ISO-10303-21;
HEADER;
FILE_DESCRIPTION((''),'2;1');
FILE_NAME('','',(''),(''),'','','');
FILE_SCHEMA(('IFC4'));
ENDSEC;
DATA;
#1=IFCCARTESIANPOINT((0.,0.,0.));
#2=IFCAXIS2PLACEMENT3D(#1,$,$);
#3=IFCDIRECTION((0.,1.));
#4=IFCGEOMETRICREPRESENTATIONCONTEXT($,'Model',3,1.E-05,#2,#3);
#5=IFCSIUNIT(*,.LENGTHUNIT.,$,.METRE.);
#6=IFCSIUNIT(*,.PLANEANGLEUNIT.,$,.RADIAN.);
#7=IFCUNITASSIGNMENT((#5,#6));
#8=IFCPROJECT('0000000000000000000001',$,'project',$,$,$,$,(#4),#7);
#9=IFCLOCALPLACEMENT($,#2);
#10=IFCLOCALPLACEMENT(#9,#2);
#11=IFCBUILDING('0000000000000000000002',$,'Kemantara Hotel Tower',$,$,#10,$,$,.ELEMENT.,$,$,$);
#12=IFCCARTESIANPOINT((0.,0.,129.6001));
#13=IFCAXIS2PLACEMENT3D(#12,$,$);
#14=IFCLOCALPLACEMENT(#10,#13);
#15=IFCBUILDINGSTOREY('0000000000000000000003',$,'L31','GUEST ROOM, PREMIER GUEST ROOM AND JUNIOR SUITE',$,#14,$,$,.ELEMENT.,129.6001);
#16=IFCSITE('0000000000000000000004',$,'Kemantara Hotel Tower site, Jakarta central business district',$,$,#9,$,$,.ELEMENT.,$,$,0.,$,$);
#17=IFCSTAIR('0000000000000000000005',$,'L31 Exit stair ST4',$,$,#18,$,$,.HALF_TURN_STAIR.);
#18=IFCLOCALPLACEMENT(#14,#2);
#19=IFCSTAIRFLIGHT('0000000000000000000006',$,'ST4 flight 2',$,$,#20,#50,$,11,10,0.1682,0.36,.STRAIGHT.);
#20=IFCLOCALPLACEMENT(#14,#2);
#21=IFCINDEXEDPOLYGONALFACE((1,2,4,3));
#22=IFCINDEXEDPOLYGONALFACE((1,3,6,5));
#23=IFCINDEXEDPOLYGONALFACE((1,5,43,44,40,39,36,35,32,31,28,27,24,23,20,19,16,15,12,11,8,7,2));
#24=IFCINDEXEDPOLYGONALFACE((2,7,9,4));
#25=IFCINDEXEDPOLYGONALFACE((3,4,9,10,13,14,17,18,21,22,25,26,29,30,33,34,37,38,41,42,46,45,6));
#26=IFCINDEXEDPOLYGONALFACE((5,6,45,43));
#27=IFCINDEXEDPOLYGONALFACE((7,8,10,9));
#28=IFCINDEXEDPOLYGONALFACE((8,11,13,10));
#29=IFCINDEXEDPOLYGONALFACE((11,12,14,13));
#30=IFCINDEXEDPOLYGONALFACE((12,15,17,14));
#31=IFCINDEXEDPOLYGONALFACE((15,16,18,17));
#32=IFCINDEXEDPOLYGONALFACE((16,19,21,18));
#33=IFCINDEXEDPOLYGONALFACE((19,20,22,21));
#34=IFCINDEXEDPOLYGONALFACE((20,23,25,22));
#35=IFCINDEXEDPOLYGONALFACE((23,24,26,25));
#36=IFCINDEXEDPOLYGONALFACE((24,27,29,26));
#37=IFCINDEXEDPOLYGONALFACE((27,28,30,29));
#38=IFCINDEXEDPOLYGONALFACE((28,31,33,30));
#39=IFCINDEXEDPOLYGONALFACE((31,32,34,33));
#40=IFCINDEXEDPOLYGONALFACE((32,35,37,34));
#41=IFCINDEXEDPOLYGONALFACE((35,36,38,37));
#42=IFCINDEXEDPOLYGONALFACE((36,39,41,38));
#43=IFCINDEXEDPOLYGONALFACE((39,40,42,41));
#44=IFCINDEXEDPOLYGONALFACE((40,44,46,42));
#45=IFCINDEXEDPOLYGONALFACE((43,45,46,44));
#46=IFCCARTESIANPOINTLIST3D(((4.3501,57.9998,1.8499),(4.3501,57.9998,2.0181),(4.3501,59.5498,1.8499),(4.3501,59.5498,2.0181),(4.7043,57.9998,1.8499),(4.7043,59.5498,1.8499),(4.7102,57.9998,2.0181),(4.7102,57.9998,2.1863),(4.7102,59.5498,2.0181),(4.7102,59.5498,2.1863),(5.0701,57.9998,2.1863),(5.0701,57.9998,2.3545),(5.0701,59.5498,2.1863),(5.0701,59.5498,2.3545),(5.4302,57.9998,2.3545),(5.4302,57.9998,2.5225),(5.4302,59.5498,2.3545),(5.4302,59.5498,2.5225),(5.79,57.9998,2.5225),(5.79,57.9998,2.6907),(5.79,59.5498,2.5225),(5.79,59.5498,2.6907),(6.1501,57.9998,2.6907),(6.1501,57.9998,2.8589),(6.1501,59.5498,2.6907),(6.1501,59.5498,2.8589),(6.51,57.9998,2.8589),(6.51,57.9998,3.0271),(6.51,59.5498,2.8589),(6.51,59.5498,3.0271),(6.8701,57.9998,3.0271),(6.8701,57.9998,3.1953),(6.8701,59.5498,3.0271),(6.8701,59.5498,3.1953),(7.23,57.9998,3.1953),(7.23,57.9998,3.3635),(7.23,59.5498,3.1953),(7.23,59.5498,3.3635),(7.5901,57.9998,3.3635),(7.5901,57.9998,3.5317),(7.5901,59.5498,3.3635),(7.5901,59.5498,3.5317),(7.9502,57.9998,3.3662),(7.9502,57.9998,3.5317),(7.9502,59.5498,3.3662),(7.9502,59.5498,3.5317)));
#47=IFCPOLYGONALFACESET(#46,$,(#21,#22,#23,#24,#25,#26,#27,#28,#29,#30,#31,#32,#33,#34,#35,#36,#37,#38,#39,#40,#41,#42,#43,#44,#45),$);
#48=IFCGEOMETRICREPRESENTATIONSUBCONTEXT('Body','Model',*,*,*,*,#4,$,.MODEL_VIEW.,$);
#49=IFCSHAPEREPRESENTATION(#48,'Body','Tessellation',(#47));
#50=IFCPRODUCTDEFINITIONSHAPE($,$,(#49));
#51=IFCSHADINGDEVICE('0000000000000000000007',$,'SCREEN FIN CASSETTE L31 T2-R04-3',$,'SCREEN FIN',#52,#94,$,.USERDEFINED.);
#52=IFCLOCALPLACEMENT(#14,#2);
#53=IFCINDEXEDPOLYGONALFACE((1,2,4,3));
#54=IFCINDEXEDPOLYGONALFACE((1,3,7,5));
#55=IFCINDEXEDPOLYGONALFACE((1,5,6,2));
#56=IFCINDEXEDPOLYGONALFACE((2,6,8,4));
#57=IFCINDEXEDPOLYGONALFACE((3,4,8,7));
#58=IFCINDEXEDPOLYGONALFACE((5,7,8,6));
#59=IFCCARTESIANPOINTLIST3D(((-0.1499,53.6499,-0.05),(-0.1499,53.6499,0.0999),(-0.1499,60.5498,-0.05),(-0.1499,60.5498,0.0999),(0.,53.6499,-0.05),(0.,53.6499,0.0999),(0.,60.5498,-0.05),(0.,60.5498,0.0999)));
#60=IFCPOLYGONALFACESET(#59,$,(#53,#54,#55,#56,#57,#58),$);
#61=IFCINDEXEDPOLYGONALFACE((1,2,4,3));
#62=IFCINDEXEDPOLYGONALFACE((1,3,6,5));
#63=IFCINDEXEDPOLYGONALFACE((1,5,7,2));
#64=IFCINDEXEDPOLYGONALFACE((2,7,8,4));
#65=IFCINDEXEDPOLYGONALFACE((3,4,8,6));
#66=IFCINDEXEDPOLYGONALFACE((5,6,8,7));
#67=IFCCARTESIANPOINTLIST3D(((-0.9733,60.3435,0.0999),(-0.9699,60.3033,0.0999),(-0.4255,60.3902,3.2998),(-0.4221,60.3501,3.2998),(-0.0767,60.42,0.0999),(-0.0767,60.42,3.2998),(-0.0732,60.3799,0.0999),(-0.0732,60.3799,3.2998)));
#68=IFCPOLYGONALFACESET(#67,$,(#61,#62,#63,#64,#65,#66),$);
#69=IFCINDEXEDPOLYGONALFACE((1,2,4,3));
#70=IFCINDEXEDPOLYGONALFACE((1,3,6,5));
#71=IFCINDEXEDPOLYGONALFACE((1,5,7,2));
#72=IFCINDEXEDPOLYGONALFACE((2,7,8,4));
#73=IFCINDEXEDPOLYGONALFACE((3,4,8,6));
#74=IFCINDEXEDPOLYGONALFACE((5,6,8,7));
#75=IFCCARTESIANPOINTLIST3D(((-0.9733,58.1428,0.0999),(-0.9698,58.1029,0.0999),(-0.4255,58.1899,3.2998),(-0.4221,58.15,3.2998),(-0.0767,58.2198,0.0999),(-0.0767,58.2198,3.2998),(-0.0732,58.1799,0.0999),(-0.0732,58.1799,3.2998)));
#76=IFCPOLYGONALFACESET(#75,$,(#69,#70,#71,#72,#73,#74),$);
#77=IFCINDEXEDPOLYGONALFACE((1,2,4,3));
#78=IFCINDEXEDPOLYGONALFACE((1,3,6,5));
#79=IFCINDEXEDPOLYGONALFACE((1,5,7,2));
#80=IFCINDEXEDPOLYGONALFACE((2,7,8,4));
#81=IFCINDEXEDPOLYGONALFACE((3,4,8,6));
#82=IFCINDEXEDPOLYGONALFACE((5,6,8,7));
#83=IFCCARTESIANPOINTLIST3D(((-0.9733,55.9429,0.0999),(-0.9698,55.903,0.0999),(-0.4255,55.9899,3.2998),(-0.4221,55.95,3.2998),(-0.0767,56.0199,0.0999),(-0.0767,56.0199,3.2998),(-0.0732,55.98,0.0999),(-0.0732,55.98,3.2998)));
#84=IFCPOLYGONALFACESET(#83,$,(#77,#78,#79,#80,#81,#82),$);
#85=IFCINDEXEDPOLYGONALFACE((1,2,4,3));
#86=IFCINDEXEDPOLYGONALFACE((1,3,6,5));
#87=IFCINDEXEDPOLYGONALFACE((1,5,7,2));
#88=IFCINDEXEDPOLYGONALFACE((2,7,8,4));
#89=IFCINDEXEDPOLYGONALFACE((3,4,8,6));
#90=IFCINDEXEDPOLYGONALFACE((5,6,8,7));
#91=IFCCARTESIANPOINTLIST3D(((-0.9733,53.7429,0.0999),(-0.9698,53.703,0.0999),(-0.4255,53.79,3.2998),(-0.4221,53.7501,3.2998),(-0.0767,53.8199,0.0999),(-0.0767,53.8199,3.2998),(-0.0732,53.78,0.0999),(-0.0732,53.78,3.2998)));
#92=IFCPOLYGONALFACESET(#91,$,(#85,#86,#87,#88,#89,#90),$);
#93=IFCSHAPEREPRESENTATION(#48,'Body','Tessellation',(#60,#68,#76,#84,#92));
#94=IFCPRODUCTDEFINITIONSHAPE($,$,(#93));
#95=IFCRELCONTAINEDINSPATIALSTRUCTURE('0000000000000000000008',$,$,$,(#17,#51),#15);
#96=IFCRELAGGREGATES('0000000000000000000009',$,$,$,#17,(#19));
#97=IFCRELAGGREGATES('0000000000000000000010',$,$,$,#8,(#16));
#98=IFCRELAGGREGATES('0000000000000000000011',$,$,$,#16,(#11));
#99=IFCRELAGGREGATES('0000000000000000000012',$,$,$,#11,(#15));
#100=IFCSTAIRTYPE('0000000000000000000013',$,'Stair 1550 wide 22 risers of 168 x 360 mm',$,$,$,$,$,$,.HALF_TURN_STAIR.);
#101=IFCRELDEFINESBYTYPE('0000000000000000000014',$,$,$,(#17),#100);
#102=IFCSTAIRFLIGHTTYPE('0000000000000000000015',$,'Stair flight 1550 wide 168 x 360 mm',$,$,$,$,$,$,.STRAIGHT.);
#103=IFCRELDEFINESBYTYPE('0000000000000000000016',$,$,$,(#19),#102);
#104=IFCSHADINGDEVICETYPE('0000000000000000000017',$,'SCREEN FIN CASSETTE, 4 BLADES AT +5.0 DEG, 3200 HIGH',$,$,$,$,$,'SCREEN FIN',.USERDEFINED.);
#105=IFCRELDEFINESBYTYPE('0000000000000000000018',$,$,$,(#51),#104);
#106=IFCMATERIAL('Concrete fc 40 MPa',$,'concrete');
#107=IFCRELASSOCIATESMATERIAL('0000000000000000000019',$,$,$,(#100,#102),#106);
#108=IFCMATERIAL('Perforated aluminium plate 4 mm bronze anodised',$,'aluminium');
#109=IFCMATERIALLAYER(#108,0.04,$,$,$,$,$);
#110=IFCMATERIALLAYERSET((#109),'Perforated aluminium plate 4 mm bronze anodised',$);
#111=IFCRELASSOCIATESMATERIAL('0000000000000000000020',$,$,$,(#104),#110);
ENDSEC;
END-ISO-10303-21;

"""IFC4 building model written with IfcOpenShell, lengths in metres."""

from ifc_helpers import new_model, si_unit, direction, frame, origin, origin_2d, place, context, subcontext, project, spatial, polyline, rectangle, outline, extrude, source, transform, mapped, material, layer, layer_set, type_object, element, aggregate, save


model = new_model("IFC4")

# Units and contexts
model_context = context("Model", 3, precision=1e-05, world=origin(), true_north=direction((0.0, 1.0)))
body_context = subcontext(model_context, "Body", "Model", "MODEL_VIEW")
ifc_project = project(units=[si_unit("LENGTHUNIT", "METRE"), si_unit("PLANEANGLEUNIT", "RADIAN")], contexts=[model_context])

# Site, building, storey
site_placement = place(None, origin())
site = spatial("IfcSite", under=ifc_project, at=site_placement, Name="Kemantara Hotel Tower site, Jakarta central business district", CompositionType="ELEMENT", RefElevation=0.0)
building_placement = place(site_placement, origin())
building = spatial("IfcBuilding", under=site, at=building_placement, Name="Kemantara Hotel Tower", CompositionType="ELEMENT")
storey_placement = place(building_placement, frame((0.0, 0.0, 129.6001)))
storey = spatial("IfcBuildingStorey", under=building, at=storey_placement, Name="L31", Description="GUEST ROOM, PREMIER GUEST ROOM AND JUNIOR SUITE", CompositionType="ELEMENT", Elevation=129.6001)

# Shared definitions
ifc_material_1 = material(Name="Concrete fc 40 MPa", Category="concrete")

# Stair, stair flight
stair_type = type_object("IfcStairType", Name="Stair 1550 wide 22 risers of 168 x 360 mm", PredefinedType="HALF_TURN_STAIR", material=ifc_material_1)
stair_placement = place(storey_placement, origin())
stair = element("IfcStair", 1, at=stair_placement, inside=storey, type_object=stair_type, Name="L31 Exit stair ST4", PredefinedType="HALF_TURN_STAIR")
stair_flight_type = type_object("IfcStairFlightType", Name="Stair flight 1550 wide 168 x 360 mm", PredefinedType="STRAIGHT", material=ifc_material_1)
stair_flight_1_placement = place(storey_placement, frame((4.3501, 58.7749, 1.8499), z_axis=(0.0, 0.0, 1.0), x_axis=(1.0, 0.0, 0.0)))
stair_flight_1 = element("IfcStairFlight", 2, at=stair_flight_1_placement, type_object=stair_flight_type, Name="ST4 flight 2", NumberOfRisers=11, NumberOfTreads=10, PredefinedType="STRAIGHT", RiserHeight=0.1682, TreadLength=0.36, context=body_context, shape_type="SweptSolid", body=[
    extrude(outline(polyline([(0.0, 0.0), (0.0, 0.1682), (0.3601, 0.1682), (0.3601, 0.3364), (0.72, 0.3364), (0.72, 0.5046), (1.0801, 0.5046), (1.0801, 0.6726), (1.4399, 0.6726), (1.4399, 0.8408), (1.8, 0.8408), (1.8, 1.009), (2.1599, 1.009), (2.1599, 1.1772), (2.52, 1.1772), (2.52, 1.3455), (2.8799, 1.3455), (2.8799, 1.5137), (3.24, 1.5137), (3.24, 1.6819), (3.6001, 1.6819), (3.6001, 1.8501), (3.6001, 1.5164), (0.3542, 0.0), (0.0, 0.0)])), frame((0.0, 0.7749, 0.0), z_axis=(0.0, -1.0, 0.0), x_axis=(1.0, 0.0, 0.0)), (0.0, 0.0, 1.0), 1.55),
])
aggregate(stair, [stair_flight_1])

# Shading device
ifc_material_2 = material(Name="Perforated aluminium plate 4 mm bronze anodised", Category="aluminium")
ifc_layer_1 = layer(ifc_material_2, 0.04)
ifc_layer_set_1 = layer_set([ifc_layer_1], Name="Perforated aluminium plate 4 mm bronze anodised")
shading_device_type = type_object("IfcShadingDeviceType", Name="SCREEN FIN CASSETTE, 4 BLADES AT +5.0 DEG, 3200 HIGH", ElementType="SCREEN FIN", PredefinedType="USERDEFINED", material=ifc_layer_set_1)
shared_shape = source(origin(), body_context, "Body", "SweptSolid", [
    extrude(rectangle(XDim=6.8999, YDim=0.1499, at=origin_2d()), frame((3.3, -0.075, -0.1499), z_axis=(0.0, 0.0, 1.0), x_axis=(1.0, 0.0, 0.0)), (0.0, 0.0, 1.0), 0.1499),
    extrude(outline(polyline([(0.0, 0.0), (0.8999, 0.0), (0.3501, 3.2), (0.0, 3.2), (0.0, 0.0)])), frame((0.02, -0.0732, 0.0), z_axis=(-0.996376, -0.085056, 0.0), x_axis=(0.085056, -0.996376, 0.0)), (0.0, 0.0, 1.0), 0.0403),
    extrude(outline(polyline([(0.0, 0.0), (0.8999, 0.0), (0.3501, 3.2), (0.0, 3.2), (0.0, 0.0)])), frame((2.22, -0.0732, 0.0), z_axis=(-0.996332, -0.085575, 0.0), x_axis=(0.085575, -0.996332, 0.0)), (0.0, 0.0, 1.0), 0.04),
    extrude(outline(polyline([(0.0, 0.0), (0.8999, 0.0), (0.3501, 3.2), (0.0, 3.2), (0.0, 0.0)])), frame((4.4199, -0.0732, 0.0), z_axis=(-0.996332, -0.085575, 0.0), x_axis=(0.085575, -0.996332, 0.0)), (0.0, 0.0, 1.0), 0.04),
    extrude(outline(polyline([(0.0, 0.0), (0.8999, 0.0), (0.3501, 3.2), (0.0, 3.2), (0.0, 0.0)])), frame((6.6199, -0.0732, 0.0), z_axis=(-0.996332, -0.085575, 0.0), x_axis=(0.085575, -0.996332, 0.0)), (0.0, 0.0, 1.0), 0.04),
])
shading_device_placement = place(storey_placement, frame((0.0, 60.3999, 0.0999), z_axis=(0.0, 0.0, 1.0), x_axis=(0.0, -1.0, 0.0)))
element("IfcShadingDevice", 3, at=shading_device_placement, inside=storey, type_object=shading_device_type, Name="SCREEN FIN CASSETTE L31 T2-R04-3", ObjectType="SCREEN FIN", PredefinedType="USERDEFINED", context=body_context, shape_type="MappedRepresentation", body=[
    mapped(shared_shape, transform((0.0, 0.0, 0.0))),
])

save(model, "model.ifc")
